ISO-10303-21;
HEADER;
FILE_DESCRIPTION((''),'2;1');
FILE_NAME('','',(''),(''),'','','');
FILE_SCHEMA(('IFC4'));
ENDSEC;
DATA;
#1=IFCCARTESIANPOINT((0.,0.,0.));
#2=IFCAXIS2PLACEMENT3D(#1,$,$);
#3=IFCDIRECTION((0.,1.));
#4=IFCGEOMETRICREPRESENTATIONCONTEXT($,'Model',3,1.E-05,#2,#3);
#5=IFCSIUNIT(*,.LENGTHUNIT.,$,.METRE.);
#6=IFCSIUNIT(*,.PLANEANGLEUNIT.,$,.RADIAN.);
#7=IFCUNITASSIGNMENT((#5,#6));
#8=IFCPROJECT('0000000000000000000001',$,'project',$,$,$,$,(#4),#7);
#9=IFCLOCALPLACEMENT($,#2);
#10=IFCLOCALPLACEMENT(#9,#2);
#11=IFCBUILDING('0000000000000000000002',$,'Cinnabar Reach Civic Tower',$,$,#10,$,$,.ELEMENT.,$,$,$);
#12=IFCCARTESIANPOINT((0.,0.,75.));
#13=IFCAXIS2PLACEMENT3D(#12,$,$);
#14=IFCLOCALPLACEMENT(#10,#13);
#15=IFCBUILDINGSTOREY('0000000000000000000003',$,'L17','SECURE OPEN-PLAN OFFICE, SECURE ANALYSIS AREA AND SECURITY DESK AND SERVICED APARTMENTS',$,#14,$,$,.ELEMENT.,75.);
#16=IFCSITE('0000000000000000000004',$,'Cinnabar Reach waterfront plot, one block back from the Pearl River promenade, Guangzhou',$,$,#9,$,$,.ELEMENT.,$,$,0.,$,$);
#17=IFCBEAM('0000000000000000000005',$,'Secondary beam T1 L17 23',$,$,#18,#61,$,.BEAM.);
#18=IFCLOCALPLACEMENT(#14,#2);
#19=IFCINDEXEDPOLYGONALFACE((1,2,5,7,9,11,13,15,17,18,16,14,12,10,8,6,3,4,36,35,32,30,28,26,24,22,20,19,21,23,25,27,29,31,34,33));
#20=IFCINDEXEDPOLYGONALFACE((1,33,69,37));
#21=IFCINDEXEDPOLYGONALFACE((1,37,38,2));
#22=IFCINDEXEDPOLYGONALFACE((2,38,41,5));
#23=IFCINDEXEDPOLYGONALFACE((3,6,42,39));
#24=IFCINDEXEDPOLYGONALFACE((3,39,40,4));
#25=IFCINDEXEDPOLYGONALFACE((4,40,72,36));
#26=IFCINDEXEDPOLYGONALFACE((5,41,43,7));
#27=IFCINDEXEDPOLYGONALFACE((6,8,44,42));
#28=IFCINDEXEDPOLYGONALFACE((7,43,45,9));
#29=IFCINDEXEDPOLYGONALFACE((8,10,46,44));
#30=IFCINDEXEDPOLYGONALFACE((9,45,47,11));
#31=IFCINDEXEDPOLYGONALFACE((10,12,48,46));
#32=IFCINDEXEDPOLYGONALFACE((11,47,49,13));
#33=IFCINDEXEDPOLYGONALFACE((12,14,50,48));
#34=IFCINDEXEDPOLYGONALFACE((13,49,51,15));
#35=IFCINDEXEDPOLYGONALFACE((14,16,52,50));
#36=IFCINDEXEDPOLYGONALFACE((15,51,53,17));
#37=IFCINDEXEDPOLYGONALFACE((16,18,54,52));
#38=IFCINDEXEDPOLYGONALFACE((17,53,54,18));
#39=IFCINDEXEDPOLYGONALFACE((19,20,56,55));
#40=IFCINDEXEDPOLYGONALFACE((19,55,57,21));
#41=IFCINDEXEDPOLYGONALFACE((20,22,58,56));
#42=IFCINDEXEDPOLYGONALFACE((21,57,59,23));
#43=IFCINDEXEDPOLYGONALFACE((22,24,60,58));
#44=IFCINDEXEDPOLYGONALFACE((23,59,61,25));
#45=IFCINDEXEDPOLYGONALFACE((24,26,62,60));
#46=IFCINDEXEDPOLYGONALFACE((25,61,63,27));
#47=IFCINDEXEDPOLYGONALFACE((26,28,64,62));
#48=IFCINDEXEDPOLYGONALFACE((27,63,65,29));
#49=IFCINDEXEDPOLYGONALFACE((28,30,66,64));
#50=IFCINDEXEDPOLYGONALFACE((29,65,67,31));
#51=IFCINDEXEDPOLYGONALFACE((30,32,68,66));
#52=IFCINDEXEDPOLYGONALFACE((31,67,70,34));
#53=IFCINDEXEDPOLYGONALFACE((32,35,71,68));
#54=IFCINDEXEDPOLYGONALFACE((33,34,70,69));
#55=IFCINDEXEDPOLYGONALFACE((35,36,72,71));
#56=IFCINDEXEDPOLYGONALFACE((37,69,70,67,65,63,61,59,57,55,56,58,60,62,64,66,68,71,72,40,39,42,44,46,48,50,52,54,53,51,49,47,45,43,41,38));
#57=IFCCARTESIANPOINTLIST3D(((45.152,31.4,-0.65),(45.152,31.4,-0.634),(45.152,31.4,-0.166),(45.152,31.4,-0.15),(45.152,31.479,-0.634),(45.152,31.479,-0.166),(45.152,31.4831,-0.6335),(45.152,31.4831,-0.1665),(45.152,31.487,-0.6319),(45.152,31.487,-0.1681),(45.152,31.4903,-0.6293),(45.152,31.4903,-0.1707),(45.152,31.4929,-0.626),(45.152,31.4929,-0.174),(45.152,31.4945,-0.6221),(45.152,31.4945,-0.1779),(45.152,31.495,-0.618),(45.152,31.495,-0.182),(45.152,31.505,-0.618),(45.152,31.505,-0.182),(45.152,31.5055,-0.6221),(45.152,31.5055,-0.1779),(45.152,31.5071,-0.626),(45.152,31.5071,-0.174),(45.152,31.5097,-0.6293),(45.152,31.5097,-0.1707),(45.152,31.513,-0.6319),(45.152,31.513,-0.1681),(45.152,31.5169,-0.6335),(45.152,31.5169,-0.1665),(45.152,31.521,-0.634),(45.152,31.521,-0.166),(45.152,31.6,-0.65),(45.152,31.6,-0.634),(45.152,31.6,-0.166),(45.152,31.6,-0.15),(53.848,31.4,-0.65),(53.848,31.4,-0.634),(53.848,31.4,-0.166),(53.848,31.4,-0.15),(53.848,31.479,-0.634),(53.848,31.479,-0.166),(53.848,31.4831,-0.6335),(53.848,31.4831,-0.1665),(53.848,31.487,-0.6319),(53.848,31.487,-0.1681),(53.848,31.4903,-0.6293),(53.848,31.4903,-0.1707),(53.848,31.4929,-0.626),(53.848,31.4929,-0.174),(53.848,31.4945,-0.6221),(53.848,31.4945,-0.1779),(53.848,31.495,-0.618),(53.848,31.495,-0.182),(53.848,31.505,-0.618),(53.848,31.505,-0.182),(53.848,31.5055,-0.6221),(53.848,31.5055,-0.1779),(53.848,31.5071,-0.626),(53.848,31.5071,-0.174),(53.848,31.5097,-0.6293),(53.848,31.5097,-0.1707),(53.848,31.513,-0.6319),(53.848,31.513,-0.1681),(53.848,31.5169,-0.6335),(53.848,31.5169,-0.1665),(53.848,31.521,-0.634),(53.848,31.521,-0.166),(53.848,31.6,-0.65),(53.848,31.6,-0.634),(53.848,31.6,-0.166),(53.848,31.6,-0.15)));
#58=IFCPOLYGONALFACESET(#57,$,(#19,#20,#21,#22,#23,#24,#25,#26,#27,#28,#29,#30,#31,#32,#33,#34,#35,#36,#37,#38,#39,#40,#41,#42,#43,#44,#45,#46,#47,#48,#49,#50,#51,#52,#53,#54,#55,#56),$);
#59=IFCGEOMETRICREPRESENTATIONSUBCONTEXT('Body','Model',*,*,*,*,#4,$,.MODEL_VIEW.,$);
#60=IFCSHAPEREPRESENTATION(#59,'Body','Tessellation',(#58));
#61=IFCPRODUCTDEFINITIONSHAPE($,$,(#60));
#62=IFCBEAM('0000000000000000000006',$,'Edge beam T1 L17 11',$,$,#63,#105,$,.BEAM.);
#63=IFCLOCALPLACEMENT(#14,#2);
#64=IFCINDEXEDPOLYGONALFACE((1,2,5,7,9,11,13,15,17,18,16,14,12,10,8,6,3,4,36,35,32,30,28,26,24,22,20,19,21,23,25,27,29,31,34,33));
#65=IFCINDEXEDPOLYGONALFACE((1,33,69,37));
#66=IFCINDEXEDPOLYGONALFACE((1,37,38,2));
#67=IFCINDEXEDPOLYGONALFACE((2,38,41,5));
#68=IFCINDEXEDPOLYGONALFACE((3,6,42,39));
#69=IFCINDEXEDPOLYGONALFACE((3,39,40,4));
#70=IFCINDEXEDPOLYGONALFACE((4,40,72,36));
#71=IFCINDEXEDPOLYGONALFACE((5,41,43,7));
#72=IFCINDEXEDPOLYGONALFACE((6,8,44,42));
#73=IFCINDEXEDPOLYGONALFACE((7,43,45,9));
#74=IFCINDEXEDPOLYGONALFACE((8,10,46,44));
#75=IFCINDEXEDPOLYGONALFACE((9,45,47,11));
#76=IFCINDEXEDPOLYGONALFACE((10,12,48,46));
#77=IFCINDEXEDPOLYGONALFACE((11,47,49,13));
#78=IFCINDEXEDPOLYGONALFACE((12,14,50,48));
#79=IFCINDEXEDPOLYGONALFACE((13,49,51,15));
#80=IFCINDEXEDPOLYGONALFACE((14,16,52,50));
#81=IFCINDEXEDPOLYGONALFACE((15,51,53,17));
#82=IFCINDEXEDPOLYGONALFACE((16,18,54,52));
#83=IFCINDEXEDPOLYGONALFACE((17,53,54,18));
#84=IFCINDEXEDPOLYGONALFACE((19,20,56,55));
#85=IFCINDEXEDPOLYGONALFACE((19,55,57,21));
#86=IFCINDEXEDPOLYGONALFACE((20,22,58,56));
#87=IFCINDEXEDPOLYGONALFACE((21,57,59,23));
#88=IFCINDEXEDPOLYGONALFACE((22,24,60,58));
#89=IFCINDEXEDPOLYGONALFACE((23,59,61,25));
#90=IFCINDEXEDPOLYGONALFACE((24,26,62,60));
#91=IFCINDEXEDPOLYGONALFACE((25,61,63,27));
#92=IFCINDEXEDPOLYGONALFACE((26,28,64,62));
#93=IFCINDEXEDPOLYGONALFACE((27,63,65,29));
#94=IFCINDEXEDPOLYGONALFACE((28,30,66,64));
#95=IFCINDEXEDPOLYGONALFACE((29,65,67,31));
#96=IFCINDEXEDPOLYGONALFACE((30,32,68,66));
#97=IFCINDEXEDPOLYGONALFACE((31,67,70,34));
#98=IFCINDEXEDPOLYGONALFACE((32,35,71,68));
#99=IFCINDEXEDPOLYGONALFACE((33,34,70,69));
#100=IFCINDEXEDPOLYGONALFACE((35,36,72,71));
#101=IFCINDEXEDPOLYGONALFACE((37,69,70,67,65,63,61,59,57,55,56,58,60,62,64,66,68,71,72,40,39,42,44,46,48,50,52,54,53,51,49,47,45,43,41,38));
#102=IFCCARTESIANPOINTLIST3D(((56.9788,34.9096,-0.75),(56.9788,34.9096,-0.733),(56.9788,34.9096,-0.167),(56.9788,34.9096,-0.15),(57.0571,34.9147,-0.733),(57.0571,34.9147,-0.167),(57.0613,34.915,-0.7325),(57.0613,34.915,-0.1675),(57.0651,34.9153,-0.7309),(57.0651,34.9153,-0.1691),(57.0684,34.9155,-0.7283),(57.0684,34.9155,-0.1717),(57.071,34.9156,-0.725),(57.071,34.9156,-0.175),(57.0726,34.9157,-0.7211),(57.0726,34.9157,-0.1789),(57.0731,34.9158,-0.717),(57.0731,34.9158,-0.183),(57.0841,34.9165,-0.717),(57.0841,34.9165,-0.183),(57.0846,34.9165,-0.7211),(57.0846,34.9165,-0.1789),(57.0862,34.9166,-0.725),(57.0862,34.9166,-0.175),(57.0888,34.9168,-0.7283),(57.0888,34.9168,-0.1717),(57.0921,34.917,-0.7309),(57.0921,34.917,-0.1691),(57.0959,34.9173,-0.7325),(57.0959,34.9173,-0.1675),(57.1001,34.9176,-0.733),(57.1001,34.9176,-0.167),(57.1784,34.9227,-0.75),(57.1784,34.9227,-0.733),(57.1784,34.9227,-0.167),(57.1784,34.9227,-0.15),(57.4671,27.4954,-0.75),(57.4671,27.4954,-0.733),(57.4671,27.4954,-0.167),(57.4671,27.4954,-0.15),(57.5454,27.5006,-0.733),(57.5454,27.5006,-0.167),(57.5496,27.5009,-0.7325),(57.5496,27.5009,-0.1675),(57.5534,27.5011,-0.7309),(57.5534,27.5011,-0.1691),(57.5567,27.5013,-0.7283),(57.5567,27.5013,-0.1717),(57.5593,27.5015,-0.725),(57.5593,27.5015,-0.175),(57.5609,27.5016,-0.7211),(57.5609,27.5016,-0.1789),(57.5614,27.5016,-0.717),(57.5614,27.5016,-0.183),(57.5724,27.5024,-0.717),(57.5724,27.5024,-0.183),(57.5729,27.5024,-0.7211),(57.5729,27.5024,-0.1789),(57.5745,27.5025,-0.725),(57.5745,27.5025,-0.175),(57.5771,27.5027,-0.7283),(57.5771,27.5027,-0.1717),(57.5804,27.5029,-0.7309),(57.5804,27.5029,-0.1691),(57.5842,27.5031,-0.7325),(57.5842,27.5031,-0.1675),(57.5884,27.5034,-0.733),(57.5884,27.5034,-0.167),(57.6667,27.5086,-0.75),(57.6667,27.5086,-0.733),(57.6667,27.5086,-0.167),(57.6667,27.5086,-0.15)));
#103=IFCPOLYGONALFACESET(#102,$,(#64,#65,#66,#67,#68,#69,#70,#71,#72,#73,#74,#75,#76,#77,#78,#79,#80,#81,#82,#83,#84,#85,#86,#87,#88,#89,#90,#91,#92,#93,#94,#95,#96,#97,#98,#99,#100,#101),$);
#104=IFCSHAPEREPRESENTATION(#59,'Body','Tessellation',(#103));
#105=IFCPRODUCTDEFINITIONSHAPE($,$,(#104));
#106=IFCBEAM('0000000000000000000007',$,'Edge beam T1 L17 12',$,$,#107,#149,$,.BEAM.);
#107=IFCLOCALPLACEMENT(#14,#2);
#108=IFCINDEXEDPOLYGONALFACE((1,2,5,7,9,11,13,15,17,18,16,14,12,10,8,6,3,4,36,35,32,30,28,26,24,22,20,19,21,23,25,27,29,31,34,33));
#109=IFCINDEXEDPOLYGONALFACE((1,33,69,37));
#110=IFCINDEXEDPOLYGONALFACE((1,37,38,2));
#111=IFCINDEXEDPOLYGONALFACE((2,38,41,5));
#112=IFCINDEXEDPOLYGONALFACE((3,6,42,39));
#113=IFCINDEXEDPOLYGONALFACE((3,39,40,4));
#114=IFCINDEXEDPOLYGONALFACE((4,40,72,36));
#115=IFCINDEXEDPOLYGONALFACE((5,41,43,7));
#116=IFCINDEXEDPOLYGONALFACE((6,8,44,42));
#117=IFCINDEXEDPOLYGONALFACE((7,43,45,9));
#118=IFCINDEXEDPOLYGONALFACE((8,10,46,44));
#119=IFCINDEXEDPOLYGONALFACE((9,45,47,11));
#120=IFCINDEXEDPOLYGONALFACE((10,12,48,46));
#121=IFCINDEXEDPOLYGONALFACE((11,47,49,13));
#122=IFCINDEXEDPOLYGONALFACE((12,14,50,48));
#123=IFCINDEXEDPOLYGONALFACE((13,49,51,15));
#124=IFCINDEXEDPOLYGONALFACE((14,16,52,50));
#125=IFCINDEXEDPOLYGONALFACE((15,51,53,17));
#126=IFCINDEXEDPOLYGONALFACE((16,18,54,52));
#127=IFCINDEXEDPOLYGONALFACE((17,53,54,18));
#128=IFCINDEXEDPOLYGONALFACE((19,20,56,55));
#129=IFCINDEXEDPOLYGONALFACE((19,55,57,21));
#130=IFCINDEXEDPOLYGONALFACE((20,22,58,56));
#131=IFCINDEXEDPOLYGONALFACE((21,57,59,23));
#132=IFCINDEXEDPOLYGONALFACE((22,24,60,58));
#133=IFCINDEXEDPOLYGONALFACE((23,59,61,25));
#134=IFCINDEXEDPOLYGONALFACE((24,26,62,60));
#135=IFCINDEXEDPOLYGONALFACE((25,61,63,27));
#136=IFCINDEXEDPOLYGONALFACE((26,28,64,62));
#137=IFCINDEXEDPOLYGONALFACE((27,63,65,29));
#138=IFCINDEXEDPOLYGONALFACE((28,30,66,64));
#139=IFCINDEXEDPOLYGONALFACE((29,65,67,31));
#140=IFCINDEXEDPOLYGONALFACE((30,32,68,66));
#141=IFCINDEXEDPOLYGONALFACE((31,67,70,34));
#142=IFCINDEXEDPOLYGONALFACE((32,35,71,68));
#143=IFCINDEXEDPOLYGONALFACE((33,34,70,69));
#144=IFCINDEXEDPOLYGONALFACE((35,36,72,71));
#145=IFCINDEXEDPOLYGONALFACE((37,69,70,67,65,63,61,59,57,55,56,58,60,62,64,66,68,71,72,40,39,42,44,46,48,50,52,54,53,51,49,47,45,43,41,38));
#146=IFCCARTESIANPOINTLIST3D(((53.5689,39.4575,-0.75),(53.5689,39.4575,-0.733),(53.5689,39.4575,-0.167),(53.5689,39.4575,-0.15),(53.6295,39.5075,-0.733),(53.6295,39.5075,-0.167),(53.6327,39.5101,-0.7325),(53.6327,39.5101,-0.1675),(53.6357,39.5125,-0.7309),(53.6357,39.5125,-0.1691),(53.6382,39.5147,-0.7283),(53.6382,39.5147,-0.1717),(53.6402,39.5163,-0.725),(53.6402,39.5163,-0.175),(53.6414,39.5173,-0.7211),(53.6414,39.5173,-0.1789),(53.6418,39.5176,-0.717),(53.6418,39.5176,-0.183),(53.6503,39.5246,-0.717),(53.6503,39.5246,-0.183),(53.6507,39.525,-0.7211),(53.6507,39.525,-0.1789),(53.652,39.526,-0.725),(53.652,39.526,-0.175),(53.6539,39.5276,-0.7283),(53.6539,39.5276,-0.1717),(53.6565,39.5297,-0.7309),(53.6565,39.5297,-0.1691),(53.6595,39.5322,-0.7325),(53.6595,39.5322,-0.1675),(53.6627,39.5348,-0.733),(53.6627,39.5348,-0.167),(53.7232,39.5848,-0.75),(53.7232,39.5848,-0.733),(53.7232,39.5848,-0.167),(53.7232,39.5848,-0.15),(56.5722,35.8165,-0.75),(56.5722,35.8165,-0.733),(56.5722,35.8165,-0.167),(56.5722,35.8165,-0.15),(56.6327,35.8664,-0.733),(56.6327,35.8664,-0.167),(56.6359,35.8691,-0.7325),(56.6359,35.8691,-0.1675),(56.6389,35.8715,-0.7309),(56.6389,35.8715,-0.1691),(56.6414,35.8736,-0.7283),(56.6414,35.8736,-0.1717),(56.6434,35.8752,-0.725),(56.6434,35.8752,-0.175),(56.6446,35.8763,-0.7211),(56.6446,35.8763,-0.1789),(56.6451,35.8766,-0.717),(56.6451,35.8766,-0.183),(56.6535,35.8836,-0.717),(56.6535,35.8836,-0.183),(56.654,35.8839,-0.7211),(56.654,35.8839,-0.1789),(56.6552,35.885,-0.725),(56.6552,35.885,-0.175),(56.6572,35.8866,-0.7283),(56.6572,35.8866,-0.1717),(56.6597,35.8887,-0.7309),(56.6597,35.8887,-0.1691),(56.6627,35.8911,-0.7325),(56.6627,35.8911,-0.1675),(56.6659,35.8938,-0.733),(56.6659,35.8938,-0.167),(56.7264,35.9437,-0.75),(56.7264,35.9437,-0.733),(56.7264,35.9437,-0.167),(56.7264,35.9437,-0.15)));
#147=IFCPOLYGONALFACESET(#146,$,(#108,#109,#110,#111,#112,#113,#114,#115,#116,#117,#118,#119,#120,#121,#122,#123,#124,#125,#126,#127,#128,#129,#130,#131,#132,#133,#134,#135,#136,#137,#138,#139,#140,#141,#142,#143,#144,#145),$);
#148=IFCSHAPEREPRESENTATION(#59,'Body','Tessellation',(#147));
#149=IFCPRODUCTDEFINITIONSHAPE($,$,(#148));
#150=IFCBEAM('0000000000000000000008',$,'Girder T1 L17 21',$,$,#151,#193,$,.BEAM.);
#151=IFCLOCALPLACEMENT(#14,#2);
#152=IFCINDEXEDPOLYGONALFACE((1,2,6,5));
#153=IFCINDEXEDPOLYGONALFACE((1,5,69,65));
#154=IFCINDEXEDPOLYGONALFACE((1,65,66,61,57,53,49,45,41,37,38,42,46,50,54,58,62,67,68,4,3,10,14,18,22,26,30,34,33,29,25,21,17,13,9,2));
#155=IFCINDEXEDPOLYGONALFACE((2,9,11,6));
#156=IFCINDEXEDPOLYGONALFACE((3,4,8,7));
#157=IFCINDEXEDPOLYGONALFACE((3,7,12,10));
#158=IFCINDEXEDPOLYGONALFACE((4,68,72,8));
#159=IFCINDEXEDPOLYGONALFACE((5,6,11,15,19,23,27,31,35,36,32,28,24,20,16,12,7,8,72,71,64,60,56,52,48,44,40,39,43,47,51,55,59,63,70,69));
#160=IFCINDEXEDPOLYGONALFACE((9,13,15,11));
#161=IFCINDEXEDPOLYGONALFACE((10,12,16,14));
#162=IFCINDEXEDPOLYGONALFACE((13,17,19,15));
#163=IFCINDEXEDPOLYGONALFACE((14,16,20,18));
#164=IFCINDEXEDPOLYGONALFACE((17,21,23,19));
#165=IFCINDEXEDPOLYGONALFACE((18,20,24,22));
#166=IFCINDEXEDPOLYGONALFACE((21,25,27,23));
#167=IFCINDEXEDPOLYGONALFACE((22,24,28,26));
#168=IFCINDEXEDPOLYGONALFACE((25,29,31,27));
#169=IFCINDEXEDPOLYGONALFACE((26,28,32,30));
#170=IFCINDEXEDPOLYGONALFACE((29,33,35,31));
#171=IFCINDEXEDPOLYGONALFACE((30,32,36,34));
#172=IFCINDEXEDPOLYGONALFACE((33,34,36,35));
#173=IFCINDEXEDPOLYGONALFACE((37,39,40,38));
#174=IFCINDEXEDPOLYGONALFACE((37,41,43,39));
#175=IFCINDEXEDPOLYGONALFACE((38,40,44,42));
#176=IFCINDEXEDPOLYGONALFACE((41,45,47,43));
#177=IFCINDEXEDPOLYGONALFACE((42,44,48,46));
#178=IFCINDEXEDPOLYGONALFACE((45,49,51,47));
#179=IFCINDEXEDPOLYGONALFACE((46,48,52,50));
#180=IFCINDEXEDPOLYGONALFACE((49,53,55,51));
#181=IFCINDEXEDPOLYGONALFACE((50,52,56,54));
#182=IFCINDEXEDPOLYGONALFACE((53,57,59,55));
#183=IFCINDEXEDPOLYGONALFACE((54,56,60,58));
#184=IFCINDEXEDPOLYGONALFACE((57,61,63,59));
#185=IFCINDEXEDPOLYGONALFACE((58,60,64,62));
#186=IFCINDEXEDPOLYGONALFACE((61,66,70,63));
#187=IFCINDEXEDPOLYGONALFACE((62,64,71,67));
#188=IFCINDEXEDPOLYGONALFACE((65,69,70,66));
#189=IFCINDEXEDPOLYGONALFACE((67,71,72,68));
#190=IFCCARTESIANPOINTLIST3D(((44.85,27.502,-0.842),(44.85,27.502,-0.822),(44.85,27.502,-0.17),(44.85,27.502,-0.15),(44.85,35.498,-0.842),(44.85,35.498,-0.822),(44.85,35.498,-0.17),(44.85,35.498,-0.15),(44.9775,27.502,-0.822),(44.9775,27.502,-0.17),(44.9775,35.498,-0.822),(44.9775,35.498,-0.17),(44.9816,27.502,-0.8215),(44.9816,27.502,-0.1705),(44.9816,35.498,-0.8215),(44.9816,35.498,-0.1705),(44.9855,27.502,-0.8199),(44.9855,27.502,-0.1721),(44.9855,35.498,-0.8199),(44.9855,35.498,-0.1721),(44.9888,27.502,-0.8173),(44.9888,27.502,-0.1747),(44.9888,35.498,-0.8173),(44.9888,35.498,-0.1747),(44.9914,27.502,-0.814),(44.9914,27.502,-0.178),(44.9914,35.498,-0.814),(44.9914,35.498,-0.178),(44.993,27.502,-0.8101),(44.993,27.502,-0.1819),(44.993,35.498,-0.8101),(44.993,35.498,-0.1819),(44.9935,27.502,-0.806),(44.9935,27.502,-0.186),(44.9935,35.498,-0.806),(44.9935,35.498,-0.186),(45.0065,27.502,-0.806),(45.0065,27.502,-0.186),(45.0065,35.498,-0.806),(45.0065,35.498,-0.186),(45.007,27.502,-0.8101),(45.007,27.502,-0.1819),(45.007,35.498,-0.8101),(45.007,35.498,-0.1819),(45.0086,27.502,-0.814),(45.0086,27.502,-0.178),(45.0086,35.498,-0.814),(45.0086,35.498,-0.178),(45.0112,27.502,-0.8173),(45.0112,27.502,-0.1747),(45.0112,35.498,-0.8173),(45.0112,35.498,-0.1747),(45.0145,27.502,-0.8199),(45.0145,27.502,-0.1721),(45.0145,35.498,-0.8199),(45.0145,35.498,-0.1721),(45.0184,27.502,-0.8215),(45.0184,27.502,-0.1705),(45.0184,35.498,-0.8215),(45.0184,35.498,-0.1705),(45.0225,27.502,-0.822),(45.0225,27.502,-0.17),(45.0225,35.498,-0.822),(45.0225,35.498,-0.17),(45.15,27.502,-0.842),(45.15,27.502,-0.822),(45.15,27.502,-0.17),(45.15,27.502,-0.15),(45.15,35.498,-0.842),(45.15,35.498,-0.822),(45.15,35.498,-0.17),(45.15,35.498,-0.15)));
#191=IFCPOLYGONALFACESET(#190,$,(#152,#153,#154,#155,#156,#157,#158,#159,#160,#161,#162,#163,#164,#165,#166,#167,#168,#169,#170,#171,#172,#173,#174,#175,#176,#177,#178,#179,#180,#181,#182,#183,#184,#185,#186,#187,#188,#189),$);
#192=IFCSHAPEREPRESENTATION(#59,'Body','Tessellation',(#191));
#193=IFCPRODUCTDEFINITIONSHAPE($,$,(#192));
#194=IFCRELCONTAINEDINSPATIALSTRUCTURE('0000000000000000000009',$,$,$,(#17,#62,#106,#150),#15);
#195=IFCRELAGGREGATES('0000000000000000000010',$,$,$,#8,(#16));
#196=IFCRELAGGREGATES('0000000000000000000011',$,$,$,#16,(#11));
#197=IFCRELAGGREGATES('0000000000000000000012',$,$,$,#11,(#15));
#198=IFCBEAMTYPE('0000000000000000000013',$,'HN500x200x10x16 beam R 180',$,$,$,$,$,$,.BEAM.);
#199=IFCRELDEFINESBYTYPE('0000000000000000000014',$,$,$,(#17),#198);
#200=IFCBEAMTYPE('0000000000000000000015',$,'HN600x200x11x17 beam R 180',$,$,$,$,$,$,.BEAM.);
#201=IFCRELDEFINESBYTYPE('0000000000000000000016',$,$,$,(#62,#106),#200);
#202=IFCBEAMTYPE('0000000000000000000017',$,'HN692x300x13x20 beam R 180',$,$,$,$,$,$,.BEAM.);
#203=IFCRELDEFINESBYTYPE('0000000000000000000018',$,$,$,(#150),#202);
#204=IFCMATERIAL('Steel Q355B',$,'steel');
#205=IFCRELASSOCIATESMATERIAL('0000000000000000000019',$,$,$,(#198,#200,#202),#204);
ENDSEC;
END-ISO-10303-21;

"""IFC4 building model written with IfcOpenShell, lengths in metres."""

from ifc_helpers import new_model, si_unit, direction, frame, origin, origin_2d, place, context, subcontext, project, spatial, i_section, extrude, material, material_profile, profile_set, type_object, element, save


model = new_model("IFC4")

# Units and contexts
model_context = context("Model", 3, precision=1e-05, world=origin(), true_north=direction((0.0, 1.0)))
body_context = subcontext(model_context, "Body", "Model", "MODEL_VIEW")
ifc_project = project(units=[si_unit("LENGTHUNIT", "METRE"), si_unit("PLANEANGLEUNIT", "RADIAN")], contexts=[model_context])

# Site, building, storey
site_placement = place(None, origin())
site = spatial("IfcSite", under=ifc_project, at=site_placement, Name="Cinnabar Reach waterfront plot, one block back from the Pearl River promenade, Guangzhou", CompositionType="ELEMENT", RefElevation=0.0)
building_placement = place(site_placement, origin())
building = spatial("IfcBuilding", under=site, at=building_placement, Name="Cinnabar Reach Civic Tower", CompositionType="ELEMENT")
storey_placement = place(building_placement, frame((0.0, 0.0, 75.0)))
storey = spatial("IfcBuildingStorey", under=building, at=storey_placement, Name="L17", Description="SECURE OPEN-PLAN OFFICE, SECURE ANALYSIS AREA AND SECURITY DESK AND SERVICED APARTMENTS", CompositionType="ELEMENT", Elevation=75.0)

# Beams
ifc_material_1 = material(Name="Steel Q355B", Category="steel")
ifc_material_profile_1 = material_profile(ifc_material_1, i_section(OverallWidth=0.2, OverallDepth=0.5, WebThickness=0.01, FlangeThickness=0.016, FilletRadius=0.016, at=origin_2d()), Name="HN500x200x10x16")
ifc_profile_set_1 = profile_set([ifc_material_profile_1], Name="Steel Q355B")
beam_type_1 = type_object("IfcBeamType", Name="HN500x200x10x16 beam R 180", PredefinedType="BEAM", material=ifc_profile_set_1)
beam_1_placement = place(storey_placement, frame((45.152, 31.5, -0.4), z_axis=(1.0, 0.0, 0.0), x_axis=(0.0, 1.0, 0.0)))
element("IfcBeam", 1, at=beam_1_placement, inside=storey, type_object=beam_type_1, Name="Secondary beam T1 L17 23", PredefinedType="BEAM", context=body_context, shape_type="SweptSolid", body=[
    extrude(i_section(OverallWidth=0.2, OverallDepth=0.5, WebThickness=0.01, FlangeThickness=0.016, FilletRadius=0.016, at=origin_2d()), origin(), (0.0, 0.0, 1.0), 8.696),
])
ifc_material_profile_2 = material_profile(ifc_material_1, i_section(OverallWidth=0.2, OverallDepth=0.6, WebThickness=0.011, FlangeThickness=0.017, FilletRadius=0.016, at=origin_2d()), Name="HN600x200x11x17")
ifc_profile_set_2 = profile_set([ifc_material_profile_2], Name="Steel Q355B")
beam_type_2 = type_object("IfcBeamType", Name="HN600x200x11x17 beam R 180", PredefinedType="BEAM", material=ifc_profile_set_2)
beam_2_placement = place(storey_placement, frame((57.5669, 27.502, -0.45), z_axis=(-0.065719, 0.997838, 0.0), x_axis=(-0.997838, -0.065719, 0.0)))
element("IfcBeam", 2, at=beam_2_placement, inside=storey, type_object=beam_type_2, Name="Edge beam T1 L17 11", PredefinedType="BEAM", context=body_context, shape_type="SweptSolid", body=[
    extrude(i_section(OverallWidth=0.2, OverallDepth=0.6, WebThickness=0.011, FlangeThickness=0.017, FilletRadius=0.016, at=origin_2d()), origin(), (0.0, 0.0, 1.0), 7.4302),
])
beam_3_placement = place(storey_placement, frame((56.6493, 35.8801, -0.45), z_axis=(-0.636304, 0.771438, 0.0), x_axis=(-0.771438, -0.636304, 0.0)))
element("IfcBeam", 3, at=beam_3_placement, inside=storey, type_object=beam_type_2, Name="Edge beam T1 L17 12", PredefinedType="BEAM", context=body_context, shape_type="SweptSolid", body=[
    extrude(i_section(OverallWidth=0.2, OverallDepth=0.6, WebThickness=0.011, FlangeThickness=0.017, FilletRadius=0.016, at=origin_2d()), origin(), (0.0, 0.0, 1.0), 4.7198),
])
ifc_material_profile_3 = material_profile(ifc_material_1, i_section(OverallWidth=0.3, OverallDepth=0.692, WebThickness=0.013, FlangeThickness=0.02, FilletRadius=0.016, at=origin_2d()), Name="HN692x300x13x20")
ifc_profile_set_3 = profile_set([ifc_material_profile_3], Name="Steel Q355B")
beam_type_3 = type_object("IfcBeamType", Name="HN692x300x13x20 beam R 180", PredefinedType="BEAM", material=ifc_profile_set_3)
for number, where, z_axis, x_axis, name in (
    (4, (45.0, 27.502, -0.496), (0.0, 1.0, 0.0), (-1.0, 0.0, 0.0), "Girder T1 L17 21"),
):
    element("IfcBeam", number, at=place(storey_placement, frame(where, z_axis=z_axis, x_axis=x_axis)), inside=storey, type_object=beam_type_3, Name=name, PredefinedType="BEAM", context=body_context, shape_type="SweptSolid", body=[
        extrude(i_section(OverallWidth=0.3, OverallDepth=0.692, WebThickness=0.013, FlangeThickness=0.02, FilletRadius=0.016, at=origin_2d()), origin(), (0.0, 0.0, 1.0), 7.996),
    ])

save(model, "model.ifc")
